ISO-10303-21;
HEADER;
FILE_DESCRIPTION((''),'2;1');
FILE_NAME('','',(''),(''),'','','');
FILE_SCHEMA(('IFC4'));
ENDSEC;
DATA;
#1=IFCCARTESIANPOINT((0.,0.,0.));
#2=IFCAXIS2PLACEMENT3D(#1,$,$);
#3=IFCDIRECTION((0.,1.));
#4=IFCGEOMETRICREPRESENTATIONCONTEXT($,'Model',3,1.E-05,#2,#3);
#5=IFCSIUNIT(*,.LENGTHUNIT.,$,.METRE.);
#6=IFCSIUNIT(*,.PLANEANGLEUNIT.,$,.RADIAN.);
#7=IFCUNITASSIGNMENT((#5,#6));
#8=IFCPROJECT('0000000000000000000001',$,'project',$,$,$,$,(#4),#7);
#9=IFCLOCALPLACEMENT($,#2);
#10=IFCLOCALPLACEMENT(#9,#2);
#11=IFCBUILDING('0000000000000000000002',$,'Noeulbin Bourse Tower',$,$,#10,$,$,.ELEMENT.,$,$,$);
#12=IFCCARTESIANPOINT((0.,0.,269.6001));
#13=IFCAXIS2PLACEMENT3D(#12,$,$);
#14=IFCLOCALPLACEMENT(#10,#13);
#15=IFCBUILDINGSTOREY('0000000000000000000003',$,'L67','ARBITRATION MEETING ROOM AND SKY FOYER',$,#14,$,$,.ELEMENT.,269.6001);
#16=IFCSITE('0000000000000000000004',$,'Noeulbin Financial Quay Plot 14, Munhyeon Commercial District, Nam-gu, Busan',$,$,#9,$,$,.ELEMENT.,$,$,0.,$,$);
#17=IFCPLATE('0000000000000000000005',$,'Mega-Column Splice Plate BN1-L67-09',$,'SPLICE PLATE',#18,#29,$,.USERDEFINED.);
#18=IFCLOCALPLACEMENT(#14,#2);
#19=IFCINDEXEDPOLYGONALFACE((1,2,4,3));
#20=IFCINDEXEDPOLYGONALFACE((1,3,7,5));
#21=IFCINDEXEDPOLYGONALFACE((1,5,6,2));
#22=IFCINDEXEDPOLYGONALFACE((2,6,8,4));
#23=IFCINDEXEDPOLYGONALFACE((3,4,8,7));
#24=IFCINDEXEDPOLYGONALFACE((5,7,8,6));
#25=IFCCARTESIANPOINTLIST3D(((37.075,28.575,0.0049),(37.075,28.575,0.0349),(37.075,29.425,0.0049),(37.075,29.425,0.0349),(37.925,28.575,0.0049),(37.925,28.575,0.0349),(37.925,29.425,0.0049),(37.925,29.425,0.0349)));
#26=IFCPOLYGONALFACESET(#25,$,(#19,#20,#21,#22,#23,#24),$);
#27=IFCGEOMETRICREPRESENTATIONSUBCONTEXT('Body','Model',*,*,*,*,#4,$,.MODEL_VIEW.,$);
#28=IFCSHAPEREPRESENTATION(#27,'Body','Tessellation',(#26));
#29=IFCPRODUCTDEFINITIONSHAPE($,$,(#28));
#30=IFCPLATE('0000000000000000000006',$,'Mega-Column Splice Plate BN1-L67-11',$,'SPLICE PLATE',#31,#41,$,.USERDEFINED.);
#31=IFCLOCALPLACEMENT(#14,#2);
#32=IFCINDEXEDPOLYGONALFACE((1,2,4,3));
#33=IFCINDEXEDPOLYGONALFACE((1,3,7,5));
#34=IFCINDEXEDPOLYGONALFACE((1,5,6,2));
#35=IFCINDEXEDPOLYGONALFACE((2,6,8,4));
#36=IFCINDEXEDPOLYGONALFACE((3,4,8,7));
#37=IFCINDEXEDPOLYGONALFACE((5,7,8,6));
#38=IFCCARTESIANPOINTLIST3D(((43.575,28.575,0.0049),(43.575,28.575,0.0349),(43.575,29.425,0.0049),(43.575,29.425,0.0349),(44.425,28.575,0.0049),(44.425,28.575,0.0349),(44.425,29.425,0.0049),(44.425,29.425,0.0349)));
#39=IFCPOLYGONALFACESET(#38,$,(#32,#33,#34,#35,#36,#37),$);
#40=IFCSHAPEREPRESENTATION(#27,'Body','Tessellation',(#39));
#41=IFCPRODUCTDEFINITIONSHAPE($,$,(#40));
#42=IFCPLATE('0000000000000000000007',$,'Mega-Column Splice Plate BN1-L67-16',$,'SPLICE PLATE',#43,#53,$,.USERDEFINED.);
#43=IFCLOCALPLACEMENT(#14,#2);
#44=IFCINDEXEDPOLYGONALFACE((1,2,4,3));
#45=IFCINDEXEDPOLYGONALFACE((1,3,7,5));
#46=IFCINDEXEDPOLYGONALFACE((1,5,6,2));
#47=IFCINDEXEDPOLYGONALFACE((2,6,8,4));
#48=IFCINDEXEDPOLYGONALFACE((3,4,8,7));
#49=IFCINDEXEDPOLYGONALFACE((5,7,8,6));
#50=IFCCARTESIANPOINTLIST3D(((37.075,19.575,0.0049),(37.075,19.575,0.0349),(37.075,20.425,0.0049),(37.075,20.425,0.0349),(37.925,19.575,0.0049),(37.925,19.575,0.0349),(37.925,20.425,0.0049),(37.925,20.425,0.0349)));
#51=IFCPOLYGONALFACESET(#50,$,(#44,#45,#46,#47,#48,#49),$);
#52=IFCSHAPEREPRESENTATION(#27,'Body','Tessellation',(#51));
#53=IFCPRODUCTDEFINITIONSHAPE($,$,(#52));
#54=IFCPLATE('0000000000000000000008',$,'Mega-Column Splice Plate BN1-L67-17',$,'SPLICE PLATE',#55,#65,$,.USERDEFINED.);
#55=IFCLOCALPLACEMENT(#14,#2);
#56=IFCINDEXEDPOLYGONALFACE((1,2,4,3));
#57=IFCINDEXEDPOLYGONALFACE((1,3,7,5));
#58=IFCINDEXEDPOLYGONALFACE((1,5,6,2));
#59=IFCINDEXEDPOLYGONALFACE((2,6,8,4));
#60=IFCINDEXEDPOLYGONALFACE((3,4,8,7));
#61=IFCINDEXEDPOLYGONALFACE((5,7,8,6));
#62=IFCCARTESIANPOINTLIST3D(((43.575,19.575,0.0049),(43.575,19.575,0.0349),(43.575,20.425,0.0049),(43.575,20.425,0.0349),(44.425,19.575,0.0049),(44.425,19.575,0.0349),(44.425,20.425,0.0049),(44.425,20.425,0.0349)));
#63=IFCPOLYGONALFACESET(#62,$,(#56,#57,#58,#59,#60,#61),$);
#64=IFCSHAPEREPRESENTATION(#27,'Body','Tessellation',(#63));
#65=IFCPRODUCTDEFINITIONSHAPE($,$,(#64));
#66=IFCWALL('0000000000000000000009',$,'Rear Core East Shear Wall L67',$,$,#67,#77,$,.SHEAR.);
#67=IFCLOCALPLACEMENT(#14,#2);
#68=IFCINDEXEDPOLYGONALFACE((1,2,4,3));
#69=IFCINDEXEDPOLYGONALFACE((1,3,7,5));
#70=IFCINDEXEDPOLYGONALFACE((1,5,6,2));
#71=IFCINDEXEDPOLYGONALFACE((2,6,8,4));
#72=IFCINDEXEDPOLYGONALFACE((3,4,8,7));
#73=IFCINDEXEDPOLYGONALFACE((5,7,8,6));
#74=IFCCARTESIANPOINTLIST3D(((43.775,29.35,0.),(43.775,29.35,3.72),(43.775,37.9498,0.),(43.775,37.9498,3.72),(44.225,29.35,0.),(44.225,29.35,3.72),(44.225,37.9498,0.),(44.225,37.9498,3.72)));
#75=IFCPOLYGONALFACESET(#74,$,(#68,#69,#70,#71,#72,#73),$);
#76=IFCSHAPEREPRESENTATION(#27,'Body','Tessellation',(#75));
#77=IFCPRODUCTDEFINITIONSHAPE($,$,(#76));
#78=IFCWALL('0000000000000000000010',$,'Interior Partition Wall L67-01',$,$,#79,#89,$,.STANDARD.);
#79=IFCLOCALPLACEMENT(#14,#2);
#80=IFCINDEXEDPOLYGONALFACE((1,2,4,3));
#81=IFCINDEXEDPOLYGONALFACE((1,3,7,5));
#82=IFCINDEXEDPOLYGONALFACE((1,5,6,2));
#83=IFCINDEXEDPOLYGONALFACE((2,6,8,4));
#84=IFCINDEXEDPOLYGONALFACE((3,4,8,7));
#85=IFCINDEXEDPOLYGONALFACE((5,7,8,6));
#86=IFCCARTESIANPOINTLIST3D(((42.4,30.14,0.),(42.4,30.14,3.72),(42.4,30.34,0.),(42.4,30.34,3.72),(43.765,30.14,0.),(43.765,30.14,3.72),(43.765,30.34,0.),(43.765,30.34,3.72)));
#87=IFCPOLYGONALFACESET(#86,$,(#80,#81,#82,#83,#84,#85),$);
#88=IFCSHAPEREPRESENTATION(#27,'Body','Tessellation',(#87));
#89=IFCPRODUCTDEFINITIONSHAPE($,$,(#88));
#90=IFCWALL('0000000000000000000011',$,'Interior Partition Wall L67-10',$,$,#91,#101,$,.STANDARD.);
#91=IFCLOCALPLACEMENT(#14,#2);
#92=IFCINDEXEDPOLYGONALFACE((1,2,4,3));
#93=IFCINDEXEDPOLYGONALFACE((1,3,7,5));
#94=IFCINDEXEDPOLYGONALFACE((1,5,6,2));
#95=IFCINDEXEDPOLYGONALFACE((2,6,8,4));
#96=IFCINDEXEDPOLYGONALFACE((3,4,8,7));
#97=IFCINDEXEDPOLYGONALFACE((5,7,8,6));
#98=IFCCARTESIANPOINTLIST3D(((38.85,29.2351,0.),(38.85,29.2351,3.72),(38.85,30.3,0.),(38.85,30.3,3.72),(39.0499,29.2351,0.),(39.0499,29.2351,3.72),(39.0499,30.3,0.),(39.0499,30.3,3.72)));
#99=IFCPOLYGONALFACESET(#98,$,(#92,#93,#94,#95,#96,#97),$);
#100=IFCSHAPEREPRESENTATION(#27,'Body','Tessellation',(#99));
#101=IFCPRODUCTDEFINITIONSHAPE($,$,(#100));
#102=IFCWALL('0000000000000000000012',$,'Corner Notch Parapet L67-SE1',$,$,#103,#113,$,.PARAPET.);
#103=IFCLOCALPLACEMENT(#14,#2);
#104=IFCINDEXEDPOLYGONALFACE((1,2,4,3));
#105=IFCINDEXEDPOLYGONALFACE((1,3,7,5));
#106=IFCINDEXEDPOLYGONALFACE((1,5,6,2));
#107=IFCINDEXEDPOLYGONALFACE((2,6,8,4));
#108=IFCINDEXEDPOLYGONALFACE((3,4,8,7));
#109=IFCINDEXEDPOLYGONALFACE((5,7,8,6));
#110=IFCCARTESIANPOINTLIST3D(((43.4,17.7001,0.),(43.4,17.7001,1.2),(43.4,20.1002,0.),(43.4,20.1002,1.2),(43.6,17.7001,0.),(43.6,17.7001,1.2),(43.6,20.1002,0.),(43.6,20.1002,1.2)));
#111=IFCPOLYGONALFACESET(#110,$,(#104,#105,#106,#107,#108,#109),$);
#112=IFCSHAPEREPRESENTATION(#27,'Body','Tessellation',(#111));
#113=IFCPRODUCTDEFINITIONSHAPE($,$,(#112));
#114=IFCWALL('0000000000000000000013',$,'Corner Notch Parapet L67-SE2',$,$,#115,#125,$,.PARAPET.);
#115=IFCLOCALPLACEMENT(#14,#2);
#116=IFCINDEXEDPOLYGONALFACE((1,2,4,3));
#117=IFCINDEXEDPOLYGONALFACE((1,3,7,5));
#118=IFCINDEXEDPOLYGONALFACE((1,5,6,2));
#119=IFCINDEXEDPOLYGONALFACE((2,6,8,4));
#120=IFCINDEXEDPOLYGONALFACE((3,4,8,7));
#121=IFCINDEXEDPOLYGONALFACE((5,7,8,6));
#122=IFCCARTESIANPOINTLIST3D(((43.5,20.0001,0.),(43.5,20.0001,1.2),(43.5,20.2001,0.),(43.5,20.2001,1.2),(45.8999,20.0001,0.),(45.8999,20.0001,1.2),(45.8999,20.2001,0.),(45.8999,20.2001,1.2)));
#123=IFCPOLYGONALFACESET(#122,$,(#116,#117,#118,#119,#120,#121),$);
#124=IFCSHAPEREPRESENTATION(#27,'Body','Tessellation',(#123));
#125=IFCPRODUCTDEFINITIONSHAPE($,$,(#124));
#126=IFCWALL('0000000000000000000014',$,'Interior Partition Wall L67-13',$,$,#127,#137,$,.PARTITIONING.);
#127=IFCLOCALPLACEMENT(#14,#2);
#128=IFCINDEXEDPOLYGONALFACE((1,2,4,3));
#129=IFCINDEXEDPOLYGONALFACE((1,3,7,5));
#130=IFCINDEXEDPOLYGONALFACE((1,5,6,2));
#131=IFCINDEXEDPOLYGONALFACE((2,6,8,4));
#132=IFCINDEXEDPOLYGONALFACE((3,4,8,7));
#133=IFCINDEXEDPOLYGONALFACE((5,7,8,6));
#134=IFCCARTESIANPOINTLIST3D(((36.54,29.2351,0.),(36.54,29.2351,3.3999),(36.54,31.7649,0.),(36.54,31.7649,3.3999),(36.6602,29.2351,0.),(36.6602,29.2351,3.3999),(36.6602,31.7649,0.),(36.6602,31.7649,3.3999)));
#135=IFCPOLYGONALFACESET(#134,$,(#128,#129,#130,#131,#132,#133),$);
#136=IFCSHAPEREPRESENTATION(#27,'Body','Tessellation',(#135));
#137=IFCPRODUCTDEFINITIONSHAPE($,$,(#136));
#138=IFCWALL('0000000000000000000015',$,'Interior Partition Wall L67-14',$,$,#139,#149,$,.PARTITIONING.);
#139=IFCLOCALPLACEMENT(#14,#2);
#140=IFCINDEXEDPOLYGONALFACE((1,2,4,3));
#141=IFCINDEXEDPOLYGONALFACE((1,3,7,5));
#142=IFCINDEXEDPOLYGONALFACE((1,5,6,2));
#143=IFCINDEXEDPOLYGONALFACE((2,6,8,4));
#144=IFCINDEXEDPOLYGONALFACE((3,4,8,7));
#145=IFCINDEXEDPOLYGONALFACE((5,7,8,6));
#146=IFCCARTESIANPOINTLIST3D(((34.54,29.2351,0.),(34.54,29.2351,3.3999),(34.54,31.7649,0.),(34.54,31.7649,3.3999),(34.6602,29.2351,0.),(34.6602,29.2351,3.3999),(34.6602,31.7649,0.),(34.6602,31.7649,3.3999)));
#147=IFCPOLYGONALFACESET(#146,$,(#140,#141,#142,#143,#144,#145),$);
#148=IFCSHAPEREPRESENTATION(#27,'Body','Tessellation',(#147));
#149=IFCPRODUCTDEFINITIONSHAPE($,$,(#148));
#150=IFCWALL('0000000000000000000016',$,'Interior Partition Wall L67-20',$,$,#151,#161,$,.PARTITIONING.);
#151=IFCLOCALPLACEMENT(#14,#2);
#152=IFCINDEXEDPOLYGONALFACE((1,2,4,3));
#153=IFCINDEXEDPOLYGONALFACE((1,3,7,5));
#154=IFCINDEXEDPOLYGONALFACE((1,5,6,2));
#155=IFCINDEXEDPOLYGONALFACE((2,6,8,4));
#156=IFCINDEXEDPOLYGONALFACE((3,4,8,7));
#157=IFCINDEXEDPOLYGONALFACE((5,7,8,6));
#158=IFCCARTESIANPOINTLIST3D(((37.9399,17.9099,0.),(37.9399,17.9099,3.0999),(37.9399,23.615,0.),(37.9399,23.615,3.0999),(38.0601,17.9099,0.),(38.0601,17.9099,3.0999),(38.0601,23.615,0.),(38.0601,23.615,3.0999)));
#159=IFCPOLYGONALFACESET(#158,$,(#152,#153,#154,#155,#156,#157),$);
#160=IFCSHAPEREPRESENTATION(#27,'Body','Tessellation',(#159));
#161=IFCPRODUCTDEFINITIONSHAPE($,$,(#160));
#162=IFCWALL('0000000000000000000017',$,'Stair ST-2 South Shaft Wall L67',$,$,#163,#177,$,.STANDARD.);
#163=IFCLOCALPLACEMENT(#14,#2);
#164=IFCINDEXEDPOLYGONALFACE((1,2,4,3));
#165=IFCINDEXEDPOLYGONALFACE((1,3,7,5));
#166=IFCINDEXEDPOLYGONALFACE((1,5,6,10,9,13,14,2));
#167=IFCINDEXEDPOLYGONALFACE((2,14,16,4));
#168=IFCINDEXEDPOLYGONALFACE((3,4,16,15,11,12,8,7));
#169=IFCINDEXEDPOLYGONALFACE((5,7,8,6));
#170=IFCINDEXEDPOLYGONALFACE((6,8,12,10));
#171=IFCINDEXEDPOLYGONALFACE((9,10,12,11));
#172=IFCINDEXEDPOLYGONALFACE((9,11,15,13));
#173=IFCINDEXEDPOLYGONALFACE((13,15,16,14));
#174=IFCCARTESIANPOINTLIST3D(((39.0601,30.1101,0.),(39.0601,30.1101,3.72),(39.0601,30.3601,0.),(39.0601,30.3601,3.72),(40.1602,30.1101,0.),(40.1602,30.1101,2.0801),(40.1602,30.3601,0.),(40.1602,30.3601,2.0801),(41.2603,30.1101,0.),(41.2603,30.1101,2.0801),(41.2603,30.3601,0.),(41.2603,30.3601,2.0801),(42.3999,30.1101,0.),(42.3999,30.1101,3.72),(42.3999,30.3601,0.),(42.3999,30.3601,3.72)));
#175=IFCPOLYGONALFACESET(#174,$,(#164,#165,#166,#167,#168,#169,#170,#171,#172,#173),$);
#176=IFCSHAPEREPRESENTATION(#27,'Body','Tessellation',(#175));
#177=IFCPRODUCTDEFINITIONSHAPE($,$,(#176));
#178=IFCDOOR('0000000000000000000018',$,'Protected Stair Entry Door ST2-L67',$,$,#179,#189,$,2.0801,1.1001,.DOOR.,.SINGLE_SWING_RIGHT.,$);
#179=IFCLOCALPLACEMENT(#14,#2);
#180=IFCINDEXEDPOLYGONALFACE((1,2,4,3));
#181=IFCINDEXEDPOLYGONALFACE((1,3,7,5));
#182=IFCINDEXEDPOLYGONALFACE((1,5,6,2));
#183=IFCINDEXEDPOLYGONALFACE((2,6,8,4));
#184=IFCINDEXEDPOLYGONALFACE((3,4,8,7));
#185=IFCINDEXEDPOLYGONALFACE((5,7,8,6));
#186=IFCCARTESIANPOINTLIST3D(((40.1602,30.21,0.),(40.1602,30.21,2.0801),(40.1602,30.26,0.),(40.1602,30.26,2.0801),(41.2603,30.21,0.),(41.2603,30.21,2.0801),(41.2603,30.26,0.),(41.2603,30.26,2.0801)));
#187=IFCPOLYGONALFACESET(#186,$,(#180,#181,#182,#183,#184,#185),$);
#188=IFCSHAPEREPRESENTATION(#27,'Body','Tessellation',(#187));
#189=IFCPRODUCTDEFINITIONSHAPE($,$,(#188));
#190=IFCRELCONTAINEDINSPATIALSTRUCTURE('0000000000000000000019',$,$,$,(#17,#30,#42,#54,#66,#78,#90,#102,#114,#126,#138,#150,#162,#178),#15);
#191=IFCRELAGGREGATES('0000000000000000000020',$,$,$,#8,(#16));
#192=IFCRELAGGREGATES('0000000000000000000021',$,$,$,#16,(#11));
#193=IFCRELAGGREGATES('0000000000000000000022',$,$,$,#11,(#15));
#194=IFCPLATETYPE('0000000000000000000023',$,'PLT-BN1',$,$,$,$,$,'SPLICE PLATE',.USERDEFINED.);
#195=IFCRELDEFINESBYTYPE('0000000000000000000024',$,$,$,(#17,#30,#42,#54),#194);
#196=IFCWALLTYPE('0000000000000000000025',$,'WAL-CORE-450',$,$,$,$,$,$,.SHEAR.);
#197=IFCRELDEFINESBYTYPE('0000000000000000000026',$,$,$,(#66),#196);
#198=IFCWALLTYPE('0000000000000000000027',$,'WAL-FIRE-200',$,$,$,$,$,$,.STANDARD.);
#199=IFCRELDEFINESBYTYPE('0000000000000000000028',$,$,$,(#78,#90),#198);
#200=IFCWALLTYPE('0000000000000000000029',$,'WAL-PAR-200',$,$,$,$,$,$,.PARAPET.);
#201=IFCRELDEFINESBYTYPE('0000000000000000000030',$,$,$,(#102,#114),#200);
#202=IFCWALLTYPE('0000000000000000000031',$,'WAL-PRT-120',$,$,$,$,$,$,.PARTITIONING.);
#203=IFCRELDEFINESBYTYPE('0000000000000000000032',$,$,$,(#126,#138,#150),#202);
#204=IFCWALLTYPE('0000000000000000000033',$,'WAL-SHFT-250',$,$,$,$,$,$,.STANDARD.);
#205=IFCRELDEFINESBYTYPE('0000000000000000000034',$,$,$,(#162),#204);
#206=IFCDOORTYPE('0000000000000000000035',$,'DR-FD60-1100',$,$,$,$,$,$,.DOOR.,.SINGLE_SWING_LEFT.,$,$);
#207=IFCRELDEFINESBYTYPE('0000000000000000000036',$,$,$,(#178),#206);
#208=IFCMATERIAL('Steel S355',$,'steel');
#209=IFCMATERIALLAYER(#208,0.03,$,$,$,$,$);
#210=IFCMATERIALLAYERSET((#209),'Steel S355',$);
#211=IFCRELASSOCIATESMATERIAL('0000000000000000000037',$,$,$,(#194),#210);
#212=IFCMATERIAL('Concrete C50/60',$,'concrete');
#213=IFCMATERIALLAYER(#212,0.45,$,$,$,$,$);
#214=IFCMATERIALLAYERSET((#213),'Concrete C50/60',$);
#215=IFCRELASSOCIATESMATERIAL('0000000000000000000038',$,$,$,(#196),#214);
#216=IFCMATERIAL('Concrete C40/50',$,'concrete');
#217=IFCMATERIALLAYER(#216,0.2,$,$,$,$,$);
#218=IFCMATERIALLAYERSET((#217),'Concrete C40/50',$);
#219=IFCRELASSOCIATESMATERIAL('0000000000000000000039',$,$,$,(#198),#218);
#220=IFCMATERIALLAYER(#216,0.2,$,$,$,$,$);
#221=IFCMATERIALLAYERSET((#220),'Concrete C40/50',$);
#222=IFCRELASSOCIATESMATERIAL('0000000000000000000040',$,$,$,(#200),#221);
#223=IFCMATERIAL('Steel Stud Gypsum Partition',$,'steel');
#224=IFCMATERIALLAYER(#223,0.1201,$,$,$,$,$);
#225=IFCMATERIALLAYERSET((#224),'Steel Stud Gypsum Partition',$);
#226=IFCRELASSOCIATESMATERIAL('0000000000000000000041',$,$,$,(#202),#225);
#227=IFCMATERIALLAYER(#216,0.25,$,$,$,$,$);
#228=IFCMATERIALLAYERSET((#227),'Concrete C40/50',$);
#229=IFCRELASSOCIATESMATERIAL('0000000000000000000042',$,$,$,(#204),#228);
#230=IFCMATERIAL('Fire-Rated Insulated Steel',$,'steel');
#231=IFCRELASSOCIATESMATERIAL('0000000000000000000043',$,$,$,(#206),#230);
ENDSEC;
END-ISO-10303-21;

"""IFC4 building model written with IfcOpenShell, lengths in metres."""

from ifc_helpers import new_model, si_unit, direction, frame, frame_2d, origin, origin_2d, place, context, subcontext, project, spatial, rectangle, extrude, material, layer, layer_set, type_object, element, fill, save


model = new_model("IFC4")

# Units and contexts
model_context = context("Model", 3, precision=1e-05, world=origin(), true_north=direction((0.0, 1.0)))
body_context = subcontext(model_context, "Body", "Model", "MODEL_VIEW")
ifc_project = project(units=[si_unit("LENGTHUNIT", "METRE"), si_unit("PLANEANGLEUNIT", "RADIAN")], contexts=[model_context])

# Site, building, storey
site_placement = place(None, origin())
site = spatial("IfcSite", under=ifc_project, at=site_placement, Name="Noeulbin Financial Quay Plot 14, Munhyeon Commercial District, Nam-gu, Busan", CompositionType="ELEMENT", RefElevation=0.0)
building_placement = place(site_placement, origin())
building = spatial("IfcBuilding", under=site, at=building_placement, Name="Noeulbin Bourse Tower", CompositionType="ELEMENT")
storey_placement = place(building_placement, frame((0.0, 0.0, 269.6001)))
storey = spatial("IfcBuildingStorey", under=building, at=storey_placement, Name="L67", Description="ARBITRATION MEETING ROOM AND SKY FOYER", CompositionType="ELEMENT", Elevation=269.6001)

# Shared definitions
ifc_material_1 = material(Name="Steel S355", Category="steel")

# Plates
ifc_layer_1 = layer(ifc_material_1, 0.03)
ifc_layer_set_1 = layer_set([ifc_layer_1], Name="Steel S355")
plate_type_1 = type_object("IfcPlateType", Name="PLT-BN1", ElementType="SPLICE PLATE", PredefinedType="USERDEFINED", material=ifc_layer_set_1)
for number, where, z_axis, x_axis, name in (
    (1, (37.5, 29.0, 0.0049), (0.0, 0.0, 1.0), (1.0, 0.0, 0.0), "Mega-Column Splice Plate BN1-L67-09"),
    (2, (44.0, 29.0, 0.0049), (0.0, 0.0, 1.0), (1.0, 0.0, 0.0), "Mega-Column Splice Plate BN1-L67-11"),
    (3, (37.5, 20.0, 0.0049), (0.0, 0.0, 1.0), (1.0, 0.0, 0.0), "Mega-Column Splice Plate BN1-L67-16"),
    (4, (44.0, 20.0, 0.0049), (0.0, 0.0, 1.0), (1.0, 0.0, 0.0), "Mega-Column Splice Plate BN1-L67-17"),
):
    element("IfcPlate", number, at=place(storey_placement, frame(where, z_axis=z_axis, x_axis=x_axis)), inside=storey, type_object=plate_type_1, Name=name, ObjectType="SPLICE PLATE", PredefinedType="USERDEFINED", context=body_context, shape_type="SweptSolid", body=[
        extrude(rectangle(XDim=0.8501, YDim=0.8501, at=origin_2d()), origin(), (0.0, 0.0, 1.0), 0.03),
    ])

# Walls
ifc_material_2 = material(Name="Concrete C50/60", Category="concrete")
ifc_layer_2 = layer(ifc_material_2, 0.45)
ifc_layer_set_2 = layer_set([ifc_layer_2], Name="Concrete C50/60")
wall_type_1 = type_object("IfcWallType", Name="WAL-CORE-450", PredefinedType="SHEAR", material=ifc_layer_set_2)
wall_1_placement = place(storey_placement, frame((44.0, 29.3501, 0.0), z_axis=(0.0, 0.0, 1.0), x_axis=(0.0, 1.0, 0.0)))
element("IfcWall", 5, at=wall_1_placement, inside=storey, type_object=wall_type_1, Name="Rear Core East Shear Wall L67", PredefinedType="SHEAR", context=body_context, shape_type="SweptSolid", body=[
    extrude(rectangle(XDim=8.5999, YDim=0.45, at=frame_2d((4.2998, 0.0))), origin(), (0.0, 0.0, 1.0), 3.72),
])
ifc_material_3 = material(Name="Concrete C40/50", Category="concrete")
ifc_layer_3 = layer(ifc_material_3, 0.2)
ifc_layer_set_3 = layer_set([ifc_layer_3], Name="Concrete C40/50")
wall_type_2 = type_object("IfcWallType", Name="WAL-FIRE-200", PredefinedType="STANDARD", material=ifc_layer_set_3)
wall_2_placement = place(storey_placement, frame((42.3999, 30.24, 0.0), z_axis=(0.0, 0.0, 1.0), x_axis=(1.0, 0.0, 0.0)))
element("IfcWall", 6, at=wall_2_placement, inside=storey, type_object=wall_type_2, Name="Interior Partition Wall L67-01", PredefinedType="STANDARD", context=body_context, shape_type="SweptSolid", body=[
    extrude(rectangle(XDim=1.365, YDim=0.2, at=frame_2d((0.6826, 0.0))), origin(), (0.0, 0.0, 1.0), 3.72),
])
wall_3_placement = place(storey_placement, frame((38.95, 29.2351, 0.0), z_axis=(0.0, 0.0, 1.0), x_axis=(0.0, 1.0, 0.0)))
element("IfcWall", 7, at=wall_3_placement, inside=storey, type_object=wall_type_2, Name="Interior Partition Wall L67-10", PredefinedType="STANDARD", context=body_context, shape_type="SweptSolid", body=[
    extrude(rectangle(XDim=1.0649, YDim=0.2, at=frame_2d((0.5325, 0.0))), origin(), (0.0, 0.0, 1.0), 3.72),
])
ifc_layer_4 = layer(ifc_material_3, 0.2)
ifc_layer_set_4 = layer_set([ifc_layer_4], Name="Concrete C40/50")
wall_type_3 = type_object("IfcWallType", Name="WAL-PAR-200", PredefinedType="PARAPET", material=ifc_layer_set_4)
wall_4_placement = place(storey_placement, frame((43.5, 17.7, 0.0), z_axis=(0.0, 0.0, 1.0), x_axis=(0.0, 1.0, 0.0)))
element("IfcWall", 8, at=wall_4_placement, inside=storey, type_object=wall_type_3, Name="Corner Notch Parapet L67-SE1", PredefinedType="PARAPET", context=body_context, shape_type="SweptSolid", body=[
    extrude(rectangle(XDim=2.4001, YDim=0.2, at=frame_2d((1.2002, 0.0))), origin(), (0.0, 0.0, 1.0), 1.2),
])
wall_5_placement = place(storey_placement, frame((43.5, 20.1001, 0.0), z_axis=(0.0, 0.0, 1.0), x_axis=(1.0, 0.0, 0.0)))
element("IfcWall", 9, at=wall_5_placement, inside=storey, type_object=wall_type_3, Name="Corner Notch Parapet L67-SE2", PredefinedType="PARAPET", context=body_context, shape_type="SweptSolid", body=[
    extrude(rectangle(XDim=2.3999, YDim=0.2, at=frame_2d((1.2, 0.0))), origin(), (0.0, 0.0, 1.0), 1.2),
])
ifc_material_4 = material(Name="Steel Stud Gypsum Partition", Category="steel")
ifc_layer_5 = layer(ifc_material_4, 0.1201)
ifc_layer_set_5 = layer_set([ifc_layer_5], Name="Steel Stud Gypsum Partition")
wall_type_4 = type_object("IfcWallType", Name="WAL-PRT-120", PredefinedType="PARTITIONING", material=ifc_layer_set_5)
for number, where, z_axis, x_axis, name in (
    (10, (36.6001, 29.2351, 0.0), (0.0, 0.0, 1.0), (0.0, 1.0, 0.0), "Interior Partition Wall L67-13"),
    (11, (34.6001, 29.2351, 0.0), (0.0, 0.0, 1.0), (0.0, 1.0, 0.0), "Interior Partition Wall L67-14"),
):
    element("IfcWall", number, at=place(storey_placement, frame(where, z_axis=z_axis, x_axis=x_axis)), inside=storey, type_object=wall_type_4, Name=name, PredefinedType="PARTITIONING", context=body_context, shape_type="SweptSolid", body=[
        extrude(rectangle(XDim=2.5298, YDim=0.1201, at=frame_2d((1.2649, 0.0))), origin(), (0.0, 0.0, 1.0), 3.3999),
    ])
wall_6_placement = place(storey_placement, frame((38.0, 17.9099, 0.0), z_axis=(0.0, 0.0, 1.0), x_axis=(0.0, 1.0, 0.0)))
element("IfcWall", 12, at=wall_6_placement, inside=storey, type_object=wall_type_4, Name="Interior Partition Wall L67-20", PredefinedType="PARTITIONING", context=body_context, shape_type="SweptSolid", body=[
    extrude(rectangle(XDim=5.7051, YDim=0.1201, at=frame_2d((2.8525, 0.0))), origin(), (0.0, 0.0, 1.0), 3.0999),
])

# Wall, opening, door
ifc_layer_6 = layer(ifc_material_3, 0.25)
ifc_layer_set_6 = layer_set([ifc_layer_6], Name="Concrete C40/50")
wall_type_5 = type_object("IfcWallType", Name="WAL-SHFT-250", PredefinedType="STANDARD", material=ifc_layer_set_6)
wall_7_placement = place(storey_placement, frame((39.0601, 30.2351, 0.0), z_axis=(0.0, 0.0, 1.0), x_axis=(1.0, 0.0, 0.0)))
wall_7 = element("IfcWall", 13, at=wall_7_placement, inside=storey, type_object=wall_type_5, Name="Stair ST-2 South Shaft Wall L67", PredefinedType="STANDARD", context=body_context, shape_type="SweptSolid", body=[
    extrude(rectangle(XDim=3.3398, YDim=0.25, at=frame_2d((1.6699, 0.0))), origin(), (0.0, 0.0, 1.0), 3.72),
])
opening_placement = place(wall_7_placement, frame((1.1001, 0.0, 0.0)))
opening = element("IfcOpeningElement", 14, at=opening_placement, cuts=wall_7, PredefinedType="OPENING", context=body_context, shape_type="SweptSolid", body=[
    extrude(rectangle(XDim=1.1001, YDim=2.0801, at=frame_2d((0.55, 1.04))), frame((0.0, 0.135, 0.0), z_axis=(0.0, -1.0, 0.0), x_axis=(1.0, 0.0, 0.0)), (0.0, 0.0, 1.0), 0.27),
])
ifc_material_5 = material(Name="Fire-Rated Insulated Steel", Category="steel")
door_type = type_object("IfcDoorType", Name="DR-FD60-1100", OperationType="SINGLE_SWING_LEFT", PredefinedType="DOOR", material=ifc_material_5)
door_placement = place(opening_placement, origin())
door = element("IfcDoor", 15, at=door_placement, inside=storey, type_object=door_type, Name="Protected Stair Entry Door ST2-L67", OperationType="SINGLE_SWING_RIGHT", OverallHeight=2.0801, OverallWidth=1.1001, PredefinedType="DOOR", context=body_context, shape_type="SweptSolid", body=[
    extrude(rectangle(XDim=1.1001, YDim=2.0801, at=frame_2d((0.55, 1.04))), frame((0.0, 0.0249, 0.0), z_axis=(0.0, -1.0, 0.0), x_axis=(1.0, 0.0, 0.0)), (0.0, 0.0, 1.0), 0.05),
])
fill(opening, door)

save(model, "model.ifc")
